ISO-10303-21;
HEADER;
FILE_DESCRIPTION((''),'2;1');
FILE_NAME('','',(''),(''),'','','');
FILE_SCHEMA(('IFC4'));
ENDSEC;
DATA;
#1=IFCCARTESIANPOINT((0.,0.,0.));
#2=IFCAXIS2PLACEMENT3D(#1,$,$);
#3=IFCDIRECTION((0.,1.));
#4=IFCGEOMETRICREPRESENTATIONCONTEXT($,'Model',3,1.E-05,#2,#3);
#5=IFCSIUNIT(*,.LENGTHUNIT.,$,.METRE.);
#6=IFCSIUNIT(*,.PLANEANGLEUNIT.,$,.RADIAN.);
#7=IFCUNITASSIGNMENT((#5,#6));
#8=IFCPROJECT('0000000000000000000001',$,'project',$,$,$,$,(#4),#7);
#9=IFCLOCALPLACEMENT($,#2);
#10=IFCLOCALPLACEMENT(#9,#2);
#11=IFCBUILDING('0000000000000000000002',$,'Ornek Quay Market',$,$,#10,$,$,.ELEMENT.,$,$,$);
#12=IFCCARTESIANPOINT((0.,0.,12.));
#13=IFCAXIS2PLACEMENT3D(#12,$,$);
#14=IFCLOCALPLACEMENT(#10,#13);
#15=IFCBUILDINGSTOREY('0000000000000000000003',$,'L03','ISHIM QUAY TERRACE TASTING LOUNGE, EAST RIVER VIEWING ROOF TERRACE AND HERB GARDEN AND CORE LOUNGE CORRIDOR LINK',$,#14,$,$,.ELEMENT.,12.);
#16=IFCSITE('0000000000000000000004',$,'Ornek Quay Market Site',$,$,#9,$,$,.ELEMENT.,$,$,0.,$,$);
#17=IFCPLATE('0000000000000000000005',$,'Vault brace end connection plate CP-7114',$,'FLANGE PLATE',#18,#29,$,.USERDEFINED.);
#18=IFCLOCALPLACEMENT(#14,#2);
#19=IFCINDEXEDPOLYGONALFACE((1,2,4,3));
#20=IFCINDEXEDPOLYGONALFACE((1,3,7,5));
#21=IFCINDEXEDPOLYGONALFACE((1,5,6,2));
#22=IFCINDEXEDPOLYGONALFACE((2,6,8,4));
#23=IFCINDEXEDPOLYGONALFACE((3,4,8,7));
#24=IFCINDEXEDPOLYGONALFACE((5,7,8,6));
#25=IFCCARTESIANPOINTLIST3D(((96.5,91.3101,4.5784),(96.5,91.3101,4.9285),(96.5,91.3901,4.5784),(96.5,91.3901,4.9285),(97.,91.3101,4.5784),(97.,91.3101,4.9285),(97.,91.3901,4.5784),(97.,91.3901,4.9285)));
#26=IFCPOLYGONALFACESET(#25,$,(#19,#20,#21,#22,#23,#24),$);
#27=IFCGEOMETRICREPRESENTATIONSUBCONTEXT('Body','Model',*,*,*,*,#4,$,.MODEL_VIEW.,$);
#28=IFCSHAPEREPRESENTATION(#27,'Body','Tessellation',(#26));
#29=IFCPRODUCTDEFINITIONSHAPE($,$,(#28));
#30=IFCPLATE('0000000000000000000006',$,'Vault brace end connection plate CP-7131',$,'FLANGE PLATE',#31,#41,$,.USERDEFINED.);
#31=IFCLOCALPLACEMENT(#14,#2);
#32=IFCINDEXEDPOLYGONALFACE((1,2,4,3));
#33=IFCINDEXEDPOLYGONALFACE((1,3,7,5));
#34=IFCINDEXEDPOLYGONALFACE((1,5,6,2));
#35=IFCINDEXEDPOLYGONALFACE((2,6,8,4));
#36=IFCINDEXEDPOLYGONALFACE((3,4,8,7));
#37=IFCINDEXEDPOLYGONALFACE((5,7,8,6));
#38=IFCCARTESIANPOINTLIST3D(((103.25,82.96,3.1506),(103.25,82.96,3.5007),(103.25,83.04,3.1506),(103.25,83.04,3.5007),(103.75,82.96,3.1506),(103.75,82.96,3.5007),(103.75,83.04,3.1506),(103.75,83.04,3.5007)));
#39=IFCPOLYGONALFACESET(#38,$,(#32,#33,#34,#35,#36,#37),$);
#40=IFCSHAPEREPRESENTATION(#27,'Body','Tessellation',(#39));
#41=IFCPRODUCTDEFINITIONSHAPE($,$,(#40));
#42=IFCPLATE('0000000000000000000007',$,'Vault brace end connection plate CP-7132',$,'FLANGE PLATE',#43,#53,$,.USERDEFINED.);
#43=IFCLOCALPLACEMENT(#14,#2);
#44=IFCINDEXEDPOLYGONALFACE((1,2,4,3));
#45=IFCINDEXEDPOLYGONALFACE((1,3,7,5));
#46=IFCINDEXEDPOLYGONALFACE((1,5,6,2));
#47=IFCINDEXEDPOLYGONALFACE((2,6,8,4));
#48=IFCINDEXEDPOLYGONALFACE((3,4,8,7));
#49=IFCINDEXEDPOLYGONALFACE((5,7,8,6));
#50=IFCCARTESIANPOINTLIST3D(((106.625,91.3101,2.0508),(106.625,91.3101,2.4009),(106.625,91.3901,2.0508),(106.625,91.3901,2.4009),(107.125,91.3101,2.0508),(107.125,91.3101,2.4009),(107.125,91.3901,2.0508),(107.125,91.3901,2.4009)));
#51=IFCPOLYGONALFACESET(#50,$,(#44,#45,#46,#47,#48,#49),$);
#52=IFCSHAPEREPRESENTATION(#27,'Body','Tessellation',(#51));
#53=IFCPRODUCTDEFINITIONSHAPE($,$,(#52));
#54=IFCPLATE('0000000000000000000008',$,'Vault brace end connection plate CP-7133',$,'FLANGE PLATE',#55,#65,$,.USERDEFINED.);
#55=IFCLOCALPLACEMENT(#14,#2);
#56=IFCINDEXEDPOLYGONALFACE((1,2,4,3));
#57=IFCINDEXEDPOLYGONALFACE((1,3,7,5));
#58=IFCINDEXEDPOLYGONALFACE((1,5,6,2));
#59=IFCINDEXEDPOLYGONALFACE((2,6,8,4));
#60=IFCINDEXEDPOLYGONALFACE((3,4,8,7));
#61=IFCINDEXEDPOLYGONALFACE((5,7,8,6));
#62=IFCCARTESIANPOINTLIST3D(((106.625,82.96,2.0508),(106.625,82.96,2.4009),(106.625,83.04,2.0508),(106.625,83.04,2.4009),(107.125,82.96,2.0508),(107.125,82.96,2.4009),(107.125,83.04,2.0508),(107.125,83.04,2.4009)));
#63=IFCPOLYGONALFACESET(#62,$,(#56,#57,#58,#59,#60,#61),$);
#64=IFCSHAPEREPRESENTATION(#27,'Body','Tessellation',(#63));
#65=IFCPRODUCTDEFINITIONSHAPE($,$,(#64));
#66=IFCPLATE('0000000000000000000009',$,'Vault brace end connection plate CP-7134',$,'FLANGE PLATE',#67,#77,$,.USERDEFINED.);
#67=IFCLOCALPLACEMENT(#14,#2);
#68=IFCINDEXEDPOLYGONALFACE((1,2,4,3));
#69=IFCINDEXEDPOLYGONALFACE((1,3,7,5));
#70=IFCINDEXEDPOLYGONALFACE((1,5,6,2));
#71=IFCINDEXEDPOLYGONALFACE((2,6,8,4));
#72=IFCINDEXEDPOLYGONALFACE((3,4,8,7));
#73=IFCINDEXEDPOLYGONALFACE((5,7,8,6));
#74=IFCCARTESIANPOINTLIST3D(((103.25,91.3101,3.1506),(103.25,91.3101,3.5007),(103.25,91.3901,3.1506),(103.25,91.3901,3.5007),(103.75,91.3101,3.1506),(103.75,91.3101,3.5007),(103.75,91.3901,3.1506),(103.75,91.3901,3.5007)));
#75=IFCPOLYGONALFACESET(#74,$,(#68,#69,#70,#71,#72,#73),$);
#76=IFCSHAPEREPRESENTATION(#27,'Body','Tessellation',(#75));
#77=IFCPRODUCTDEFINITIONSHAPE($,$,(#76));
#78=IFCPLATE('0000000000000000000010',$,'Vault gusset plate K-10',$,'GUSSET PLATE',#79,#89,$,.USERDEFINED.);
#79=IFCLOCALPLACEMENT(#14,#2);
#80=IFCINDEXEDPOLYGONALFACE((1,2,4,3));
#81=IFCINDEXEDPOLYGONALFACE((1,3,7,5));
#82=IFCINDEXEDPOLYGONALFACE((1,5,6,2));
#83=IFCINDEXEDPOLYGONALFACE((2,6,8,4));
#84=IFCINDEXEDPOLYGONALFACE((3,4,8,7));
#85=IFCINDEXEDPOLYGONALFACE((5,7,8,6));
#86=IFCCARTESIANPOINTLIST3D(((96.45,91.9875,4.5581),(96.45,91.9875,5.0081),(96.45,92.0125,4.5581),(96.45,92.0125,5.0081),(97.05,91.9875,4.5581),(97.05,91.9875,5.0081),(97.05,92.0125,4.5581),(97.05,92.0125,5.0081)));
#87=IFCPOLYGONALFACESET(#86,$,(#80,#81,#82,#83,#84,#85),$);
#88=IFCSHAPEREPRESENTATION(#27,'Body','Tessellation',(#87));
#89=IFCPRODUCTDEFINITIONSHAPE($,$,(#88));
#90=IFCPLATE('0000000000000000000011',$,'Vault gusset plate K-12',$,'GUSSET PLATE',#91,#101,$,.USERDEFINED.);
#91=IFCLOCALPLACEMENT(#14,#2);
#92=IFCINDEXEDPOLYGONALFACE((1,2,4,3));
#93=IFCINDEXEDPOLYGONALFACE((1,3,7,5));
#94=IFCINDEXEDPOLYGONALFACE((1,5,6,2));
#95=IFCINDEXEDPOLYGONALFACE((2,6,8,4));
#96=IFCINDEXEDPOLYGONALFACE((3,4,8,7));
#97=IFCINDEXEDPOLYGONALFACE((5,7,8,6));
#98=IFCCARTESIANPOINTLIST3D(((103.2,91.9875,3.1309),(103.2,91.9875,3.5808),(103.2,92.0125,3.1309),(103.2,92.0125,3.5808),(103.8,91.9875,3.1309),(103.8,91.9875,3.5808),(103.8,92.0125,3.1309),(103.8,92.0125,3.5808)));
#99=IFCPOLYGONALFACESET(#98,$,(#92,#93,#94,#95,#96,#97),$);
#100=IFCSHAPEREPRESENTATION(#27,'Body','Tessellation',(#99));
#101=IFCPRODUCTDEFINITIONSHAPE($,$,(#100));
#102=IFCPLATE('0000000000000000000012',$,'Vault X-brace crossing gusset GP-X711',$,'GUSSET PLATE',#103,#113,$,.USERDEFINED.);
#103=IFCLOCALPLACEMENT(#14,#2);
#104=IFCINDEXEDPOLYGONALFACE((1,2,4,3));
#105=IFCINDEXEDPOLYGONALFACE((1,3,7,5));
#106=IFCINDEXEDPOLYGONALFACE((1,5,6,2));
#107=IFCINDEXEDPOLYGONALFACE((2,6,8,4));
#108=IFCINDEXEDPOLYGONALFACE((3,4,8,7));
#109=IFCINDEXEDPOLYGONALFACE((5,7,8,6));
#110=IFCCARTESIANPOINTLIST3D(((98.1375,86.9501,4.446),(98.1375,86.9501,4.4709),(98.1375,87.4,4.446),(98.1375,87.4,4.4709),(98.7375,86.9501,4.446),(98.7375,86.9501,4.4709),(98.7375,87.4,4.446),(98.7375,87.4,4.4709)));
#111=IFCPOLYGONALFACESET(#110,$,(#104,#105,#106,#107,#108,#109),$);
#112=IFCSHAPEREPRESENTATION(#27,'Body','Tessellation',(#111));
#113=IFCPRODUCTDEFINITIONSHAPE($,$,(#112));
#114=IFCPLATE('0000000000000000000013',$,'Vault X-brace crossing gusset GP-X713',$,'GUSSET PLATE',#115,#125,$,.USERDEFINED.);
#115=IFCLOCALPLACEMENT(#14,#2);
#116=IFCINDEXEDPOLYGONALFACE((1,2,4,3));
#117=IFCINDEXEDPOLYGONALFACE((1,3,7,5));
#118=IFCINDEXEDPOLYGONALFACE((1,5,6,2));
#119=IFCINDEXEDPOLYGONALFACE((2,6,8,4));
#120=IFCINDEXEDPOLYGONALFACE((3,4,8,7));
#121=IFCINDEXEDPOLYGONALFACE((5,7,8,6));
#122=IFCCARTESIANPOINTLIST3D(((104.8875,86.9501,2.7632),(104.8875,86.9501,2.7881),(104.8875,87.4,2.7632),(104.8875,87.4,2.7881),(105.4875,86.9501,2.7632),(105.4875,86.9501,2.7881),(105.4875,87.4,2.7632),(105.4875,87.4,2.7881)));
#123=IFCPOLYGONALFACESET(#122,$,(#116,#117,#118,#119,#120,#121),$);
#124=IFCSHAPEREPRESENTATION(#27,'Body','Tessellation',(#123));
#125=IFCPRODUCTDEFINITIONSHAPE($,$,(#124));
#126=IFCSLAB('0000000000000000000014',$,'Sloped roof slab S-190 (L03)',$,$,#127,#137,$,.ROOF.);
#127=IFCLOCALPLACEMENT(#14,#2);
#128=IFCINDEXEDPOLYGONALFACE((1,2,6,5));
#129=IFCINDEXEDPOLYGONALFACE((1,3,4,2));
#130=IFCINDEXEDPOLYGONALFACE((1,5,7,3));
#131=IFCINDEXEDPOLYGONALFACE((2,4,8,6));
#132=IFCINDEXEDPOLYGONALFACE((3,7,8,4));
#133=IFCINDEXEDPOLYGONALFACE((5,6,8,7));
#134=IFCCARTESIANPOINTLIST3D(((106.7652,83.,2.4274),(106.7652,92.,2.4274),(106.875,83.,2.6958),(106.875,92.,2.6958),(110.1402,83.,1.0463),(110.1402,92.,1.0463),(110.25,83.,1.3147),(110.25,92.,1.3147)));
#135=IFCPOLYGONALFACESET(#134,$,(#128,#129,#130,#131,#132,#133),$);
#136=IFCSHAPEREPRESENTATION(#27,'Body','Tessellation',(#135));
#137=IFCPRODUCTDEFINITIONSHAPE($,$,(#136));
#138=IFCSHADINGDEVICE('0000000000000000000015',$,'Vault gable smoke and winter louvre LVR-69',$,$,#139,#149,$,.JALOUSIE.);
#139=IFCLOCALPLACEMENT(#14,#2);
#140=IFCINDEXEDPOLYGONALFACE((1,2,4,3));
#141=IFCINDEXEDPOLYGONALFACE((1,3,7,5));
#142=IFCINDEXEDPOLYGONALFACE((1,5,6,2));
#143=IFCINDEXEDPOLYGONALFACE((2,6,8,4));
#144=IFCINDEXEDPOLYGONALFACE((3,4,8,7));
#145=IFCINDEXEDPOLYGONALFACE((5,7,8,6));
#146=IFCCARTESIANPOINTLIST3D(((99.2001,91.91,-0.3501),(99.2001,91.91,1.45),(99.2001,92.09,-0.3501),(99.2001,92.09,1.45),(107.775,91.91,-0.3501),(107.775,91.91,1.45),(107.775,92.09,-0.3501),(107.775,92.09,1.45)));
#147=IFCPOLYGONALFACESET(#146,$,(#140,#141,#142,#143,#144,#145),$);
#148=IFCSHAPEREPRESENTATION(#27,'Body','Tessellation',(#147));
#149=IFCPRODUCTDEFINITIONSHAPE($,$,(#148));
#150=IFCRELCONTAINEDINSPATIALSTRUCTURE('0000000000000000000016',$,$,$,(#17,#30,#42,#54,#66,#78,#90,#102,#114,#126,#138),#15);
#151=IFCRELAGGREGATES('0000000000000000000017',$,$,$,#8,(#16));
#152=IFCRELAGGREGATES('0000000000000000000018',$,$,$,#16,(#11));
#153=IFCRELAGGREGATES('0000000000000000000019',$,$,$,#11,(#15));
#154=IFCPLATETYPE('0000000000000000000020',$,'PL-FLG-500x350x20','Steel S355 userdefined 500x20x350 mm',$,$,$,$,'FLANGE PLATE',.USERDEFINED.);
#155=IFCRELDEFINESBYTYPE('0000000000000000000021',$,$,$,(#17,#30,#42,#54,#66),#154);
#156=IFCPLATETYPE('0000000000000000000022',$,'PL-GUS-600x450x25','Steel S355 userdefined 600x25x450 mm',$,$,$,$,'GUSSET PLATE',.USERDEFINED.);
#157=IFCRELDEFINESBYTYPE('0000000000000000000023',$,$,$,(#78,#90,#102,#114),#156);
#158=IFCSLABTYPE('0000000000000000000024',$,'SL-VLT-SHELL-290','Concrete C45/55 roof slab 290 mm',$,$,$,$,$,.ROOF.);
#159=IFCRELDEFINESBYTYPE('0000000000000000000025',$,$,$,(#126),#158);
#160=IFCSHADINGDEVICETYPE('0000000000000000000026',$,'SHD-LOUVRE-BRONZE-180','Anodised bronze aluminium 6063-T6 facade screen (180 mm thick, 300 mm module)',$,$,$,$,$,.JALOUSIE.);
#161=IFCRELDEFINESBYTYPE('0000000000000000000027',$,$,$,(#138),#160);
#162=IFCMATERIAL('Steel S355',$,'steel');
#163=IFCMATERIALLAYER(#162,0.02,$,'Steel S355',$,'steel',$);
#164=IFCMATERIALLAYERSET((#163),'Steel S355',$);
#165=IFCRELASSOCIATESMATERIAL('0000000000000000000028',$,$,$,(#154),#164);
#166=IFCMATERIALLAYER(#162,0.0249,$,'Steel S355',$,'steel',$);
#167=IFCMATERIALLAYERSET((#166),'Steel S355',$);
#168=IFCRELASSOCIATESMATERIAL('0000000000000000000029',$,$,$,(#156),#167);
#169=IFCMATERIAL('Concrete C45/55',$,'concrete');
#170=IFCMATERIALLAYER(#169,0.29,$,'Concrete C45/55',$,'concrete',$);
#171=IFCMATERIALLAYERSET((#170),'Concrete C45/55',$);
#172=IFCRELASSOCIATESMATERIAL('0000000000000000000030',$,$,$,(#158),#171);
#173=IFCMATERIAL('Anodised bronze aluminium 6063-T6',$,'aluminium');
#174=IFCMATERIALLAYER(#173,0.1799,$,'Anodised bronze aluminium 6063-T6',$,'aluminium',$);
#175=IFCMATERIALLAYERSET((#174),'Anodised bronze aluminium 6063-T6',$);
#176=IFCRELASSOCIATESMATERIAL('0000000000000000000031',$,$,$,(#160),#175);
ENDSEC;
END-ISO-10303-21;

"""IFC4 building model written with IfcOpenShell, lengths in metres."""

from ifc_helpers import new_model, si_unit, direction, frame, frame_2d, origin, origin_2d, place, context, subcontext, project, spatial, polyline, rectangle, outline, extrude, material, layer, layer_set, type_object, element, save


model = new_model("IFC4")

# Units and contexts
model_context = context("Model", 3, precision=1e-05, world=origin(), true_north=direction((0.0, 1.0)))
body_context = subcontext(model_context, "Body", "Model", "MODEL_VIEW")
ifc_project = project(units=[si_unit("LENGTHUNIT", "METRE"), si_unit("PLANEANGLEUNIT", "RADIAN")], contexts=[model_context])

# Site, building, storey
site_placement = place(None, origin())
site = spatial("IfcSite", under=ifc_project, at=site_placement, Name="Ornek Quay Market Site", CompositionType="ELEMENT", RefElevation=0.0)
building_placement = place(site_placement, origin())
building = spatial("IfcBuilding", under=site, at=building_placement, Name="Ornek Quay Market", CompositionType="ELEMENT")
storey_placement = place(building_placement, frame((0.0, 0.0, 12.0)))
storey = spatial("IfcBuildingStorey", under=building, at=storey_placement, Name="L03", Description="ISHIM QUAY TERRACE TASTING LOUNGE, EAST RIVER VIEWING ROOF TERRACE AND HERB GARDEN AND CORE LOUNGE CORRIDOR LINK", CompositionType="ELEMENT", Elevation=12.0)

# Shared definitions
ifc_material_1 = material(Name="Concrete C45/55", Category="concrete")
ifc_material_2 = material(Name="Steel S355", Category="steel")

# Plates
ifc_layer_1 = layer(ifc_material_2, 0.02, Name="Steel S355", Category="steel")
ifc_layer_set_1 = layer_set([ifc_layer_1], Name="Steel S355")
plate_type_1 = type_object("IfcPlateType", Name="PL-FLG-500x350x20", Description="Steel S355 userdefined 500x20x350 mm", ElementType="FLANGE PLATE", PredefinedType="USERDEFINED", material=ifc_layer_set_1)
for number, where, z_axis, x_axis, name in (
    (1, (96.75, 91.3501, 4.5784), (0.0, 0.0, 1.0), (1.0, 0.0, 0.0), "Vault brace end connection plate CP-7114"),
    (2, (103.5, 83.0, 3.1506), (0.0, 0.0, 1.0), (1.0, 0.0, 0.0), "Vault brace end connection plate CP-7131"),
    (3, (106.875, 91.3501, 2.0508), (0.0, 0.0, 1.0), (1.0, 0.0, 0.0), "Vault brace end connection plate CP-7132"),
    (4, (106.875, 83.0, 2.0508), (0.0, 0.0, 1.0), (1.0, 0.0, 0.0), "Vault brace end connection plate CP-7133"),
    (5, (103.5, 91.3501, 3.1506), (0.0, 0.0, 1.0), (1.0, 0.0, 0.0), "Vault brace end connection plate CP-7134"),
):
    element("IfcPlate", number, at=place(storey_placement, frame(where, z_axis=z_axis, x_axis=x_axis)), inside=storey, type_object=plate_type_1, Name=name, ObjectType="FLANGE PLATE", PredefinedType="USERDEFINED", context=body_context, shape_type="SweptSolid", body=[
        extrude(rectangle(XDim=0.5, YDim=0.0801, at=origin_2d()), origin(), (0.0, 0.0, 1.0), 0.3501),
    ])
ifc_layer_2 = layer(ifc_material_2, 0.0249, Name="Steel S355", Category="steel")
ifc_layer_set_2 = layer_set([ifc_layer_2], Name="Steel S355")
plate_type_2 = type_object("IfcPlateType", Name="PL-GUS-600x450x25", Description="Steel S355 userdefined 600x25x450 mm", ElementType="GUSSET PLATE", PredefinedType="USERDEFINED", material=ifc_layer_set_2)
for number, where, z_axis, x_axis, name in (
    (6, (96.75, 92.0, 4.5581), (0.0, 0.0, 1.0), (1.0, 0.0, 0.0), "Vault gusset plate K-10"),
    (7, (103.5, 92.0, 3.1309), (0.0, 0.0, 1.0), (1.0, 0.0, 0.0), "Vault gusset plate K-12"),
):
    element("IfcPlate", number, at=place(storey_placement, frame(where, z_axis=z_axis, x_axis=x_axis)), inside=storey, type_object=plate_type_2, Name=name, ObjectType="GUSSET PLATE", PredefinedType="USERDEFINED", context=body_context, shape_type="SweptSolid", body=[
        extrude(rectangle(XDim=0.6001, YDim=0.0249, at=origin_2d()), origin(), (0.0, 0.0, 1.0), 0.45),
    ])
for number, where, z_axis, x_axis, name in (
    (8, (98.4375, 87.175, 4.446), (0.0, 0.0, 1.0), (1.0, 0.0, 0.0), "Vault X-brace crossing gusset GP-X711"),
    (9, (105.1875, 87.175, 2.7632), (0.0, 0.0, 1.0), (1.0, 0.0, 0.0), "Vault X-brace crossing gusset GP-X713"),
):
    element("IfcPlate", number, at=place(storey_placement, frame(where, z_axis=z_axis, x_axis=x_axis)), inside=storey, type_object=plate_type_2, Name=name, ObjectType="GUSSET PLATE", PredefinedType="USERDEFINED", context=body_context, shape_type="SweptSolid", body=[
        extrude(rectangle(XDim=0.6001, YDim=0.45, at=origin_2d()), origin(), (0.0, 0.0, 1.0), 0.0249),
    ])

# Slab
ifc_layer_3 = layer(ifc_material_1, 0.29, Name="Concrete C45/55", Category="concrete")
ifc_layer_set_3 = layer_set([ifc_layer_3], Name="Concrete C45/55")
slab_type = type_object("IfcSlabType", Name="SL-VLT-SHELL-290", Description="Concrete C45/55 roof slab 290 mm", PredefinedType="ROOF", material=ifc_layer_set_3)
slab_placement = place(storey_placement, frame((106.875, 83.0, 2.6958), z_axis=(0.378732, 0.0, 0.925506), x_axis=(0.925506, 0.0, -0.378732)))
element("IfcSlab", 10, at=slab_placement, inside=storey, type_object=slab_type, Name="Sloped roof slab S-190 (L03)", PredefinedType="ROOF", context=body_context, shape_type="SweptSolid", body=[
    extrude(outline(polyline([(0.0, 0.0), (3.6467, 0.0), (3.6467, 9.0), (0.0, 9.0), (0.0, 0.0)])), origin(), (0.0, 0.0, -1.0), 0.29),
])

# Shading device
ifc_material_3 = material(Name="Anodised bronze aluminium 6063-T6", Category="aluminium")
ifc_layer_4 = layer(ifc_material_3, 0.1799, Name="Anodised bronze aluminium 6063-T6", Category="aluminium")
ifc_layer_set_4 = layer_set([ifc_layer_4], Name="Anodised bronze aluminium 6063-T6")
shading_device_type = type_object("IfcShadingDeviceType", Name="SHD-LOUVRE-BRONZE-180", Description="Anodised bronze aluminium 6063-T6 facade screen (180 mm thick, 300 mm module)", PredefinedType="JALOUSIE", material=ifc_layer_set_4)
shading_device_placement = place(storey_placement, frame((99.2, 92.0, -0.3501), z_axis=(0.0, 0.0, 1.0), x_axis=(1.0, 0.0, 0.0)))
element("IfcShadingDevice", 11, at=shading_device_placement, inside=storey, type_object=shading_device_type, Name="Vault gable smoke and winter louvre LVR-69", PredefinedType="JALOUSIE", context=body_context, shape_type="SweptSolid", body=[
    extrude(rectangle(XDim=8.575, YDim=0.1799, at=frame_2d((4.2876, 0.0))), origin(), (0.0, 0.0, 1.0), 1.8),
])

save(model, "model.ifc")
